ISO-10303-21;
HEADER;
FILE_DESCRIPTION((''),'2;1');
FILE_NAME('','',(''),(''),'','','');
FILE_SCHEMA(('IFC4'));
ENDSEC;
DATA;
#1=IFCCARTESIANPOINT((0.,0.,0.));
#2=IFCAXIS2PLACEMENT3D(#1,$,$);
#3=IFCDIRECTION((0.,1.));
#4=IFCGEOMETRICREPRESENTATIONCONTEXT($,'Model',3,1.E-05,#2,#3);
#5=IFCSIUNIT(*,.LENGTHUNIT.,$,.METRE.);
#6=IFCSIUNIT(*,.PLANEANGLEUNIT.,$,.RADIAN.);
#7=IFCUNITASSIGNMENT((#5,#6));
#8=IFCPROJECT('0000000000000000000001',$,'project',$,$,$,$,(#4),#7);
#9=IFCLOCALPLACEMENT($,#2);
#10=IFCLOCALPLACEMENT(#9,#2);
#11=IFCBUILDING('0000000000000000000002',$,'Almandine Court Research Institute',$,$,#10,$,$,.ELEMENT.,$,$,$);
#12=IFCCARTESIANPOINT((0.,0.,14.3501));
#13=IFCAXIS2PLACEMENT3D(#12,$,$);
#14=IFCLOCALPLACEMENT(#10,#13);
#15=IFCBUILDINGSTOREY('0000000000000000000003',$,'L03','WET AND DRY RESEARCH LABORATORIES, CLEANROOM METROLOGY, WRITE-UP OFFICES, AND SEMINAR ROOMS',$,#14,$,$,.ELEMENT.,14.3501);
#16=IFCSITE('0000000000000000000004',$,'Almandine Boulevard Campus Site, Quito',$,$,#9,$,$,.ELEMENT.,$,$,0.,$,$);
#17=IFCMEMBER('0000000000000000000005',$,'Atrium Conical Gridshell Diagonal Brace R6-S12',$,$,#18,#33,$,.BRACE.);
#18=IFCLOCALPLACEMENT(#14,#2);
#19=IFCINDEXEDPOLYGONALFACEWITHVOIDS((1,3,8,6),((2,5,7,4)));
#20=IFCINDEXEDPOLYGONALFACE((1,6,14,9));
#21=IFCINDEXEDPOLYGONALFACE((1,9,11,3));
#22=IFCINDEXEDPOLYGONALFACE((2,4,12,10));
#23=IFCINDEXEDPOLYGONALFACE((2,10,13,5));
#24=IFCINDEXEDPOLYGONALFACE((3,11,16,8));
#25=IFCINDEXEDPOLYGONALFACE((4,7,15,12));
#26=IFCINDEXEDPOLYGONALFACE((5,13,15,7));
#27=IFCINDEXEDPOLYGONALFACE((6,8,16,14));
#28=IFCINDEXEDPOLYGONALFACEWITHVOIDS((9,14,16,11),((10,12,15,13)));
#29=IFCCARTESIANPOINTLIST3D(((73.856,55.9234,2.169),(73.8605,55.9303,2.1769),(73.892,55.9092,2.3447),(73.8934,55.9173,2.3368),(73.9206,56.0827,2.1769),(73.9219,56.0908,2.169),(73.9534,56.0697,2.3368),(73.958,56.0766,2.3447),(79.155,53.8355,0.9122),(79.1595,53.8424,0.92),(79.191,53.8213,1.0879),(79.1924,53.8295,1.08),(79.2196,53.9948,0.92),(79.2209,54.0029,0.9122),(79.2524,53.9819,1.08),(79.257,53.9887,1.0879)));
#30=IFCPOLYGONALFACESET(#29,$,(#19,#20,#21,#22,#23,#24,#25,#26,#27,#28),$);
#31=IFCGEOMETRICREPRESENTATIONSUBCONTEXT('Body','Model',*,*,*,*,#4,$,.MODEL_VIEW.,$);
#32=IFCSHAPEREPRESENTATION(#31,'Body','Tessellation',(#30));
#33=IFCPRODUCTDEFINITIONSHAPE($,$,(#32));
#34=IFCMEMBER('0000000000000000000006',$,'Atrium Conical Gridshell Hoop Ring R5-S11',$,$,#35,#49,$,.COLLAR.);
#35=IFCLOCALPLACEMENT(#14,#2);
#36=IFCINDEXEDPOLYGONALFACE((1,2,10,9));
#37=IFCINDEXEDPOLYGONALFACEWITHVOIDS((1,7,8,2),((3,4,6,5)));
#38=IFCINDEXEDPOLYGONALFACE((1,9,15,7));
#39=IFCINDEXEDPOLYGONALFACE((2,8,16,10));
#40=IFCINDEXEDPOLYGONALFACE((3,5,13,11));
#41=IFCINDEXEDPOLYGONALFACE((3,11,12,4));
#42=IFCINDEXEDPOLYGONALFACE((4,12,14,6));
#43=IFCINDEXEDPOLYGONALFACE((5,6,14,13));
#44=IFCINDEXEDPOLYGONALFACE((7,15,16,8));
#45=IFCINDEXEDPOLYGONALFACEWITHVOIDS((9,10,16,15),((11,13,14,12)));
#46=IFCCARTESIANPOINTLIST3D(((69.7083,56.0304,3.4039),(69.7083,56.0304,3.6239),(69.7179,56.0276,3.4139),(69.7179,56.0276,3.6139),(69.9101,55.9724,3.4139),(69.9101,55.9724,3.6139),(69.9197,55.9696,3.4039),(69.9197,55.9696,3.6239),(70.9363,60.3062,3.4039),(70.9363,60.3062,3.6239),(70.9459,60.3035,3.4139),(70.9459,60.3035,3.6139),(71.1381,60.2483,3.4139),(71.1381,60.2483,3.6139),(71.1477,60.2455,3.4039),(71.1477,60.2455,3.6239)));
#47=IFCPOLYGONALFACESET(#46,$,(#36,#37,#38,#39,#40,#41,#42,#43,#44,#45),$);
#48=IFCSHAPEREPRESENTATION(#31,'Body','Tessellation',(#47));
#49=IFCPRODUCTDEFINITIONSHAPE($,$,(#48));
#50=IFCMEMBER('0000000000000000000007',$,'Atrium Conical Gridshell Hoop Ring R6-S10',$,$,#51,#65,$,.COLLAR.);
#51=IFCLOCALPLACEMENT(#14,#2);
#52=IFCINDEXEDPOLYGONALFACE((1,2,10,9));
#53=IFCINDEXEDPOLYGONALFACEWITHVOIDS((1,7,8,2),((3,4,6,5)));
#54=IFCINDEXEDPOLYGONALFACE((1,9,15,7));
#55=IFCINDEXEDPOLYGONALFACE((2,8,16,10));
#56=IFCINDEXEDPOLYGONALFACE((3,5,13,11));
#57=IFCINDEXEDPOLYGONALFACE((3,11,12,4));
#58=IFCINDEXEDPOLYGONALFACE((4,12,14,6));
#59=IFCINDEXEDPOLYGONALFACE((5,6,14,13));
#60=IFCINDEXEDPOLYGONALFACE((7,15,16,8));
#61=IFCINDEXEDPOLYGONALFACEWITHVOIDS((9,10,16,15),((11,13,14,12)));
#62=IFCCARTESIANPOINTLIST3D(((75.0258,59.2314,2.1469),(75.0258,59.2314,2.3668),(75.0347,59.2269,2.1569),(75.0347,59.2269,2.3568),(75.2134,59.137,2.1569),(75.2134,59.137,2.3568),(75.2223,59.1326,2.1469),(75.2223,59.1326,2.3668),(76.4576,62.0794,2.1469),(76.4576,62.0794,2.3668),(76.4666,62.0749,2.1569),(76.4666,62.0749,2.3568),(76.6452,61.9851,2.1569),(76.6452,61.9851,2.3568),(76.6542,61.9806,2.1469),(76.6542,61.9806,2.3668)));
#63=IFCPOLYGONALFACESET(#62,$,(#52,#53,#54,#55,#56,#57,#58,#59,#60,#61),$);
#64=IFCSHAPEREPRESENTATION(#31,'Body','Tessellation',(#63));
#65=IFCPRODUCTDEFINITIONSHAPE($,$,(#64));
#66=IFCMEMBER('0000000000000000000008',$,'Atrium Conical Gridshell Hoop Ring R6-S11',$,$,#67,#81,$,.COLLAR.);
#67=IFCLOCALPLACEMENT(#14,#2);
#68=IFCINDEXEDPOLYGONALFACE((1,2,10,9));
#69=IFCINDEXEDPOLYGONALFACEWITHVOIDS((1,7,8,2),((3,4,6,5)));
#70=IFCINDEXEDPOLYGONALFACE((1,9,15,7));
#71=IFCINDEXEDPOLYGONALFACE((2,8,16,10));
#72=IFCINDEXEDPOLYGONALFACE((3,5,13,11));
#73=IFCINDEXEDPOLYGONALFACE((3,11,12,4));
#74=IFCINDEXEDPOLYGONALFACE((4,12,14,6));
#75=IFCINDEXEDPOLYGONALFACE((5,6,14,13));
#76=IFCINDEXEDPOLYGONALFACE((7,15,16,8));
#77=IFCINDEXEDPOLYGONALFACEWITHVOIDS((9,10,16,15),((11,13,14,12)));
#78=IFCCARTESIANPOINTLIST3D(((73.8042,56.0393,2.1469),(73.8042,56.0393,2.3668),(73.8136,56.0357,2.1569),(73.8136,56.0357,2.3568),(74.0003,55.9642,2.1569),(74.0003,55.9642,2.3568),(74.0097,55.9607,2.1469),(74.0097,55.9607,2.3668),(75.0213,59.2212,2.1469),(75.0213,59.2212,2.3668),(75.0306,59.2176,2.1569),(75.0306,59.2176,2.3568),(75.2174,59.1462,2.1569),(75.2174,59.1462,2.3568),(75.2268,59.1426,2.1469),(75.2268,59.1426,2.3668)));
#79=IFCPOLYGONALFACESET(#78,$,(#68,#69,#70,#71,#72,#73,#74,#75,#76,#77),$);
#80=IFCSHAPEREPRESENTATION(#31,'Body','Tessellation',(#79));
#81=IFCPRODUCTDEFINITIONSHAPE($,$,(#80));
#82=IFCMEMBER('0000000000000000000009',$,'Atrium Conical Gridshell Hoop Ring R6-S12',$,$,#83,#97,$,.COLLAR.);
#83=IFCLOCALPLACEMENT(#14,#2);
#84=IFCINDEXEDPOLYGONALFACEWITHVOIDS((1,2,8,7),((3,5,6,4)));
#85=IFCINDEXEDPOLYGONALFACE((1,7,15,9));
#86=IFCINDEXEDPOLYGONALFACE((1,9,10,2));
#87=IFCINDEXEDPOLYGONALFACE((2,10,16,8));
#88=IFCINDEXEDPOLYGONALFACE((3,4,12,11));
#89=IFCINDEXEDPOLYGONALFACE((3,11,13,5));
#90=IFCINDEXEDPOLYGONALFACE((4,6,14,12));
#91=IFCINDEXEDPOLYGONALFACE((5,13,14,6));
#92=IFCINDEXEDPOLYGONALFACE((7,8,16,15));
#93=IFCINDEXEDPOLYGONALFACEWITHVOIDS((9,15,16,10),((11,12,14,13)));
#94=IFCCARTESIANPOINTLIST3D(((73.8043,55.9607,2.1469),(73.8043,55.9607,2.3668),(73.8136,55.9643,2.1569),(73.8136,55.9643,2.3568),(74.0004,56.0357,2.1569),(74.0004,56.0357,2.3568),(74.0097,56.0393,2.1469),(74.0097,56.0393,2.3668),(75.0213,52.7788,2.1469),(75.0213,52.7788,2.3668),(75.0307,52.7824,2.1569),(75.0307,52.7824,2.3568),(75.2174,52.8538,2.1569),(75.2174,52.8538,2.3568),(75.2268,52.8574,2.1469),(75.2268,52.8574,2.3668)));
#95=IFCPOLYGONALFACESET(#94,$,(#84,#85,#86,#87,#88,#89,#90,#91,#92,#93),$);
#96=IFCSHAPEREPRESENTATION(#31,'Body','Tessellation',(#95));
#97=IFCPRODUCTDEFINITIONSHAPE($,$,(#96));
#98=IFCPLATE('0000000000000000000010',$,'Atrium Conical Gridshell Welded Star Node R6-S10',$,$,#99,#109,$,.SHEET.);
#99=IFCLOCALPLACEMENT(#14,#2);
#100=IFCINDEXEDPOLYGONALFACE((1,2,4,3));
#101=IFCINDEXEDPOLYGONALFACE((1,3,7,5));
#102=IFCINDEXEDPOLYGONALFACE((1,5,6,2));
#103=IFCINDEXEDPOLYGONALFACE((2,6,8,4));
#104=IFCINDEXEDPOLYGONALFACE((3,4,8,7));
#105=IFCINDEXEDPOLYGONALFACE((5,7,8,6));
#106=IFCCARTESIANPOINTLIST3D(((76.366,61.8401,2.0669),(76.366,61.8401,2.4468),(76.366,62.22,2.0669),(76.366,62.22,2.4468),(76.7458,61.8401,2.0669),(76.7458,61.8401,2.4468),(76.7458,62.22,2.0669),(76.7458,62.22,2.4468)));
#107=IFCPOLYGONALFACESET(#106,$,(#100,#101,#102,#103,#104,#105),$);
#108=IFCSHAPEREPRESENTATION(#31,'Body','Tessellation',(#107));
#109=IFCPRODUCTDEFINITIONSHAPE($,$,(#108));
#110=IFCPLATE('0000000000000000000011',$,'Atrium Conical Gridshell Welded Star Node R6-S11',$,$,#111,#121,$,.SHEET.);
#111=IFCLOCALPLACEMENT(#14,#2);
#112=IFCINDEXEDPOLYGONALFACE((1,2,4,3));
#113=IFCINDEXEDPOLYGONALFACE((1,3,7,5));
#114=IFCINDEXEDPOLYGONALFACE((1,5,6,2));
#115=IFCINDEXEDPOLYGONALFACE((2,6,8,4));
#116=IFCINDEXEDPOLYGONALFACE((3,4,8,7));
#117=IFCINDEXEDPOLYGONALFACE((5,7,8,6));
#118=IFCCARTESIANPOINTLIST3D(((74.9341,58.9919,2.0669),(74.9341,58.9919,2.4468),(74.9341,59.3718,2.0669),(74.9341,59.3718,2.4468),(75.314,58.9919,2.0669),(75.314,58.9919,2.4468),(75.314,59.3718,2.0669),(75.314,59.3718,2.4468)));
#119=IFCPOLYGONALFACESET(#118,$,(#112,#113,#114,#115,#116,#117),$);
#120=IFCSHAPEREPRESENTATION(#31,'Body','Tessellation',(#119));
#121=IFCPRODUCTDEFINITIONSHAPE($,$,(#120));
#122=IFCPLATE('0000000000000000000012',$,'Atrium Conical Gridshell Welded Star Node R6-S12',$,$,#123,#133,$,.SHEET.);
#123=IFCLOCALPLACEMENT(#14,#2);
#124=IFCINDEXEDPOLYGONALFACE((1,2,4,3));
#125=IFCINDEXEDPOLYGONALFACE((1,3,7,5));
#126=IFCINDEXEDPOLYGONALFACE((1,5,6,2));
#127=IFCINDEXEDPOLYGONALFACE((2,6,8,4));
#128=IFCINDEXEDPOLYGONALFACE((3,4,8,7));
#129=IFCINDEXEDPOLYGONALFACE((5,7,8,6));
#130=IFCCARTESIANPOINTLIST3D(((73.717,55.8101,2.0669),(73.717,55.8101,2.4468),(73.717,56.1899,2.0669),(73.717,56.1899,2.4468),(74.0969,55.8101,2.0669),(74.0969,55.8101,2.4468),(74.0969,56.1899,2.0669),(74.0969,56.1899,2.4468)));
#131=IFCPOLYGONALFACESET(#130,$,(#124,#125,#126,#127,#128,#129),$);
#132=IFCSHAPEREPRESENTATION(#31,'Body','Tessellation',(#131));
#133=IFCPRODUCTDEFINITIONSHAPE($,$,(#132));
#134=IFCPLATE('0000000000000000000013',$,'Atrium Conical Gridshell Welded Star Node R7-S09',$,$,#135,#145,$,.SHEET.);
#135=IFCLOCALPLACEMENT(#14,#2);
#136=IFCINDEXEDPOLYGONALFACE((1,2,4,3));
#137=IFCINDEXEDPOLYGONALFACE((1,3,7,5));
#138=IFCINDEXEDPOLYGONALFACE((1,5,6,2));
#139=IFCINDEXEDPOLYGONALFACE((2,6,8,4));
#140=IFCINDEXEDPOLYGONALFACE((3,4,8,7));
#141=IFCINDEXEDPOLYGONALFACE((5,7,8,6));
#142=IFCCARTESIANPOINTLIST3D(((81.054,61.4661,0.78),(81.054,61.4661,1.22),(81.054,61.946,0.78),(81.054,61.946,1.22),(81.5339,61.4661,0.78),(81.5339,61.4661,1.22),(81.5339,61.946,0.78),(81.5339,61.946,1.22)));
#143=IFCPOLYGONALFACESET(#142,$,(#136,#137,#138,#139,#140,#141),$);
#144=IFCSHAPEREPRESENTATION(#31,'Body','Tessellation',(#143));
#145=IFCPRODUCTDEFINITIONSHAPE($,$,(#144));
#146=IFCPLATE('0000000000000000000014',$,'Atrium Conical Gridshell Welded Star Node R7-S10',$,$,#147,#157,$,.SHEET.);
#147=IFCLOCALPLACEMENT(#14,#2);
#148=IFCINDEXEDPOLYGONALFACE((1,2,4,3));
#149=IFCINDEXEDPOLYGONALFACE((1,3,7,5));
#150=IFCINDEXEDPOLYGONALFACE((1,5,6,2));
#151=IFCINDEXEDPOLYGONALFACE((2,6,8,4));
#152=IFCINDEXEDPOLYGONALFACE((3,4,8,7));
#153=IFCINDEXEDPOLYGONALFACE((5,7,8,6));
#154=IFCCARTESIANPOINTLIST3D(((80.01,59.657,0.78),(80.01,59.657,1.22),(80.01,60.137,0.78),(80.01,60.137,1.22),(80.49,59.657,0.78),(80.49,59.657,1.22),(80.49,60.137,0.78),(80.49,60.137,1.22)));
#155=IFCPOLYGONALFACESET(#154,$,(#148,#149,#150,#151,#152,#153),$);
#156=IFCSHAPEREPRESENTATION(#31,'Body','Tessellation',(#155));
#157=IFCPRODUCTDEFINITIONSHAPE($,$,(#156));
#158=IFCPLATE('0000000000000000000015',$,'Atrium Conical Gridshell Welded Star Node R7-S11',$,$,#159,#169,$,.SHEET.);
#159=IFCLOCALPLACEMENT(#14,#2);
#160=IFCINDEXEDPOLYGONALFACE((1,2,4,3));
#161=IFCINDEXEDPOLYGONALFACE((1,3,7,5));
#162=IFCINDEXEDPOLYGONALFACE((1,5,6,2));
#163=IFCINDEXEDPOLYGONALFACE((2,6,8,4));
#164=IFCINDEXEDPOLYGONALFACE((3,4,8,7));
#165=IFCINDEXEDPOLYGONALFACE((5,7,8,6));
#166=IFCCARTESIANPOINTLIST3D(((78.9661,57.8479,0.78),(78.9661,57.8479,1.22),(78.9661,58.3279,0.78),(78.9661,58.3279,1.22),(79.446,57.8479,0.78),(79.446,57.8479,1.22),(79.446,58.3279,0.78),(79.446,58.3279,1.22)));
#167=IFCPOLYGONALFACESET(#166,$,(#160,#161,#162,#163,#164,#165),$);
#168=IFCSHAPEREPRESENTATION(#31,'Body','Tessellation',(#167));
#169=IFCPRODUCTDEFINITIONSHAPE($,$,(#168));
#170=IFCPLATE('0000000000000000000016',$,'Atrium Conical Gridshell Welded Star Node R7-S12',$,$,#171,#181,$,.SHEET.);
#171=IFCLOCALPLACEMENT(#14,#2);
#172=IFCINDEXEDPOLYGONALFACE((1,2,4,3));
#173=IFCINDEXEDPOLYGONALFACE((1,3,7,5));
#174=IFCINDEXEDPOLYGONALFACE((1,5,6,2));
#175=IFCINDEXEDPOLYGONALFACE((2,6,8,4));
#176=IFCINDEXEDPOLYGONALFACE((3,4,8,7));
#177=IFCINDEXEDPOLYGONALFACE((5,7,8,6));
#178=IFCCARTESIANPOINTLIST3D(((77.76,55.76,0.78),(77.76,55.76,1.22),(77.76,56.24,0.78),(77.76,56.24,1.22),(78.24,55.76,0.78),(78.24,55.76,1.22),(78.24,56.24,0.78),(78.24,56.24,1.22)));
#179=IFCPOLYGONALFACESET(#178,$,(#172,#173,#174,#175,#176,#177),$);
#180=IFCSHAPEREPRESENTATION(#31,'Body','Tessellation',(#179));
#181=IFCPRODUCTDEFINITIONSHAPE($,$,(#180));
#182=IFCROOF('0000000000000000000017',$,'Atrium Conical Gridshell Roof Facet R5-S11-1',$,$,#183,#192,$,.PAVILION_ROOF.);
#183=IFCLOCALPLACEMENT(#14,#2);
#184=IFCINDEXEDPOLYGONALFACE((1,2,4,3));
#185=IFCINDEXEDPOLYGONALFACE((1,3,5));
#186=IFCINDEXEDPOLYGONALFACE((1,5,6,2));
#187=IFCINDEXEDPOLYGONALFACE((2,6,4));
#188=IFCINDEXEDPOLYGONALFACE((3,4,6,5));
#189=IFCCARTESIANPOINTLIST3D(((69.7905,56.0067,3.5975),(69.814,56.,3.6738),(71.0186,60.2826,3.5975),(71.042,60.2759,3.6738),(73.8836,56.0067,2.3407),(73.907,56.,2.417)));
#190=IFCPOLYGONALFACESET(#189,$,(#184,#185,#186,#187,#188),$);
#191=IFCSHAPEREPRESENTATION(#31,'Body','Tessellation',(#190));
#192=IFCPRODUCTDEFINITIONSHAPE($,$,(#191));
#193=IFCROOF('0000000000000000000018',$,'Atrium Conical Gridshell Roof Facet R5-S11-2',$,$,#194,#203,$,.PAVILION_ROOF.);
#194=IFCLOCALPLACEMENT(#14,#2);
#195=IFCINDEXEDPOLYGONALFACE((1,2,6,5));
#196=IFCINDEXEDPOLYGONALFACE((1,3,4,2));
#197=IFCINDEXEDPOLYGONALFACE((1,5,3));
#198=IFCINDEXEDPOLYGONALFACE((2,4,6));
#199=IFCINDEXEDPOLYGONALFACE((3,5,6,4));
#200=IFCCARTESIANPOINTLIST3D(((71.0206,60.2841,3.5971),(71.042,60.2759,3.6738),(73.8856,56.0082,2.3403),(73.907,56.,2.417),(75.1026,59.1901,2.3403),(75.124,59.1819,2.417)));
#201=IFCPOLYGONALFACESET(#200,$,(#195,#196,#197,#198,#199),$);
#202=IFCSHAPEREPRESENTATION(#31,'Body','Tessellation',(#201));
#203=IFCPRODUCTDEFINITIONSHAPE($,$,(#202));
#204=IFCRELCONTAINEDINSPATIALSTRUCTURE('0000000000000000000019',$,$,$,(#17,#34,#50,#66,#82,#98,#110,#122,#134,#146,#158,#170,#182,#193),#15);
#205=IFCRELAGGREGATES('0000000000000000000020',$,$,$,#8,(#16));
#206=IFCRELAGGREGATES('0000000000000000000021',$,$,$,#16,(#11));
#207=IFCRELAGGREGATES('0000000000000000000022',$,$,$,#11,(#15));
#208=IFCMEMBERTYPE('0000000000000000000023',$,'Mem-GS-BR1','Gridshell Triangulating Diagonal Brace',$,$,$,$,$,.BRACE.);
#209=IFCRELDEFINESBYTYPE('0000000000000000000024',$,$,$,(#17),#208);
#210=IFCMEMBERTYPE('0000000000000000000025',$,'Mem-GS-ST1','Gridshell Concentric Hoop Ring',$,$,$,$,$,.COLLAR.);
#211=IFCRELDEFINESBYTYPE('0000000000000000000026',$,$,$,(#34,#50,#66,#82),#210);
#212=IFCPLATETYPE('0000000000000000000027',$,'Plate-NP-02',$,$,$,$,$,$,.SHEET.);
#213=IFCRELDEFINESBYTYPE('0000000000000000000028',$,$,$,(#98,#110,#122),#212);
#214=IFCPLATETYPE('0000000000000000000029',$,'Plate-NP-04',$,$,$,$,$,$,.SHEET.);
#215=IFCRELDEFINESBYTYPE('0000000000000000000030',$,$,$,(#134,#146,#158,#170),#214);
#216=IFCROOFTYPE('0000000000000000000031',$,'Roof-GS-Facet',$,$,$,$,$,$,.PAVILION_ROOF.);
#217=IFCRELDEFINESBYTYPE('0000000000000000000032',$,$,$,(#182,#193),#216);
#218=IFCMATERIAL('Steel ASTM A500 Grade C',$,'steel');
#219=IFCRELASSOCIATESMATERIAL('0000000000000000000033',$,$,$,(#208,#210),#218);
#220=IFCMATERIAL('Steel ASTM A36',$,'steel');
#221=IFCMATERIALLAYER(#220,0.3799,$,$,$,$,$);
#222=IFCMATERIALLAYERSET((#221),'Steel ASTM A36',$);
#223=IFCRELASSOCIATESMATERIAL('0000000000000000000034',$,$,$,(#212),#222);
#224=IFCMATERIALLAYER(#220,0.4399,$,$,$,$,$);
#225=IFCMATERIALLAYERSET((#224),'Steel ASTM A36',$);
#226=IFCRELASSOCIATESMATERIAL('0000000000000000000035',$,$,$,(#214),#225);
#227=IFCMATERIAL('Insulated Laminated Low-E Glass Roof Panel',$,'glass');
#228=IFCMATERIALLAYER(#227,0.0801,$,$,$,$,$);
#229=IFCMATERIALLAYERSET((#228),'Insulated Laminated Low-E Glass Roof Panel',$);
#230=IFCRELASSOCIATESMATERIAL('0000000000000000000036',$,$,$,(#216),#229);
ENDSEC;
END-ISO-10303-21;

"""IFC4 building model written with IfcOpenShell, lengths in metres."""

from ifc_helpers import new_model, si_unit, direction, frame, origin, origin_2d, place, context, subcontext, project, spatial, polyline, rectangle, hollow_rectangle, outline, extrude, material, layer, layer_set, material_profile, profile_set, type_object, element, save


model = new_model("IFC4")

# Units and contexts
model_context = context("Model", 3, precision=1e-05, world=origin(), true_north=direction((0.0, 1.0)))
body_context = subcontext(model_context, "Body", "Model", "MODEL_VIEW")
ifc_project = project(units=[si_unit("LENGTHUNIT", "METRE"), si_unit("PLANEANGLEUNIT", "RADIAN")], contexts=[model_context])

# Site, building, storey
site_placement = place(None, origin())
site = spatial("IfcSite", under=ifc_project, at=site_placement, Name="Almandine Boulevard Campus Site, Quito", CompositionType="ELEMENT", RefElevation=0.0)
building_placement = place(site_placement, origin())
building = spatial("IfcBuilding", under=site, at=building_placement, Name="Almandine Court Research Institute", CompositionType="ELEMENT")
storey_placement = place(building_placement, frame((0.0, 0.0, 14.3501)))
storey = spatial("IfcBuildingStorey", under=building, at=storey_placement, Name="L03", Description="WET AND DRY RESEARCH LABORATORIES, CLEANROOM METROLOGY, WRITE-UP OFFICES, AND SEMINAR ROOMS", CompositionType="ELEMENT", Elevation=14.3501)

# Shared definitions
ifc_material_1 = material(Name="Steel ASTM A500 Grade C", Category="steel")

# Members
ifc_material_profile_1 = material_profile(ifc_material_1, hollow_rectangle(XDim=0.1799, YDim=0.1799, WallThickness=0.0081, at=origin_2d()), Name="HSS 180x180x8")
ifc_profile_set_1 = profile_set([ifc_material_profile_1], Name="Steel ASTM A500 Grade C")
member_type_1 = type_object("IfcMemberType", Name="Mem-GS-BR1", Description="Gridshell Triangulating Diagonal Brace", PredefinedType="BRACE", material=ifc_profile_set_1)
member_1_placement = place(storey_placement, frame((73.907, 56.0, 2.2568), z_axis=(0.908528, -0.35797, -0.215485), x_axis=(0.366582, 0.930386, 0.0)))
element("IfcMember", 1, at=member_1_placement, inside=storey, type_object=member_type_1, Name="Atrium Conical Gridshell Diagonal Brace R6-S12", PredefinedType="BRACE", context=body_context, shape_type="SweptSolid", body=[
    extrude(hollow_rectangle(XDim=0.1799, YDim=0.1799, WallThickness=0.0081, at=origin_2d()), origin(), (0.0, 0.0, 1.0), 5.8325),
])
ifc_material_profile_2 = material_profile(ifc_material_1, hollow_rectangle(XDim=0.22, YDim=0.22, WallThickness=0.01, at=origin_2d()), Name="HSS 220x220x10")
ifc_profile_set_2 = profile_set([ifc_material_profile_2], Name="Steel ASTM A500 Grade C")
member_type_2 = type_object("IfcMemberType", Name="Mem-GS-ST1", Description="Gridshell Concentric Hoop Ring", PredefinedType="COLLAR", material=ifc_profile_set_2)
member_2_placement = place(storey_placement, frame((71.042, 60.2759, 3.5139), z_axis=(-0.27604, -0.961146, 0.0), x_axis=(0.961146, -0.27604, 0.0)))
element("IfcMember", 2, at=member_2_placement, inside=storey, type_object=member_type_2, Name="Atrium Conical Gridshell Hoop Ring R5-S11", PredefinedType="COLLAR", context=body_context, shape_type="SweptSolid", body=[
    extrude(hollow_rectangle(XDim=0.22, YDim=0.22, WallThickness=0.01, at=origin_2d()), origin(), (0.0, 0.0, 1.0), 4.4487),
])
member_3_placement = place(storey_placement, frame((76.5559, 62.03, 2.2568), z_axis=(-0.449173, -0.893445, 0.0), x_axis=(0.893445, -0.449173, 0.0)))
element("IfcMember", 3, at=member_3_placement, inside=storey, type_object=member_type_2, Name="Atrium Conical Gridshell Hoop Ring R6-S10", PredefinedType="COLLAR", context=body_context, shape_type="SweptSolid", body=[
    extrude(hollow_rectangle(XDim=0.22, YDim=0.22, WallThickness=0.01, at=origin_2d()), origin(), (0.0, 0.0, 1.0), 3.1877),
])
for number, where, z_axis, x_axis, name in (
    (4, (75.124, 59.1819, 2.2568), (-0.35725, -0.934009, 0.0), (0.934009, -0.35725, 0.0), "Atrium Conical Gridshell Hoop Ring R6-S11"),
    (5, (73.907, 56.0, 2.2568), (0.35725, -0.934009, 0.0), (0.934009, 0.35725, 0.0), "Atrium Conical Gridshell Hoop Ring R6-S12"),
):
    element("IfcMember", number, at=place(storey_placement, frame(where, z_axis=z_axis, x_axis=x_axis)), inside=storey, type_object=member_type_2, Name=name, PredefinedType="COLLAR", context=body_context, shape_type="SweptSolid", body=[
        extrude(hollow_rectangle(XDim=0.22, YDim=0.22, WallThickness=0.01, at=origin_2d()), origin(), (0.0, 0.0, 1.0), 3.4067),
    ])

# Plates
ifc_material_2 = material(Name="Steel ASTM A36", Category="steel")
ifc_layer_1 = layer(ifc_material_2, 0.3799)
ifc_layer_set_1 = layer_set([ifc_layer_1], Name="Steel ASTM A36")
plate_type_1 = type_object("IfcPlateType", Name="Plate-NP-02", PredefinedType="SHEET", material=ifc_layer_set_1)
for number, where, z_axis, x_axis, name in (
    (6, (76.5559, 62.03, 2.0669), (0.0, 0.0, 1.0), (1.0, 0.0, 0.0), "Atrium Conical Gridshell Welded Star Node R6-S10"),
    (7, (75.124, 59.1819, 2.0669), (0.0, 0.0, 1.0), (1.0, 0.0, 0.0), "Atrium Conical Gridshell Welded Star Node R6-S11"),
    (8, (73.907, 56.0, 2.0669), (0.0, 0.0, 1.0), (1.0, 0.0, 0.0), "Atrium Conical Gridshell Welded Star Node R6-S12"),
):
    element("IfcPlate", number, at=place(storey_placement, frame(where, z_axis=z_axis, x_axis=x_axis)), inside=storey, type_object=plate_type_1, Name=name, PredefinedType="SHEET", context=body_context, shape_type="SweptSolid", body=[
        extrude(rectangle(XDim=0.3799, YDim=0.3799, at=origin_2d()), origin(), (0.0, 0.0, 1.0), 0.3799),
    ])
ifc_layer_2 = layer(ifc_material_2, 0.4399)
ifc_layer_set_2 = layer_set([ifc_layer_2], Name="Steel ASTM A36")
plate_type_2 = type_object("IfcPlateType", Name="Plate-NP-04", PredefinedType="SHEET", material=ifc_layer_set_2)
for number, where, z_axis, x_axis, name in (
    (9, (81.2939, 61.7061, 0.78), (0.0, 0.0, 1.0), (1.0, 0.0, 0.0), "Atrium Conical Gridshell Welded Star Node R7-S09"),
    (10, (80.25, 59.897, 0.78), (0.0, 0.0, 1.0), (1.0, 0.0, 0.0), "Atrium Conical Gridshell Welded Star Node R7-S10"),
    (11, (79.2061, 58.0879, 0.78), (0.0, 0.0, 1.0), (1.0, 0.0, 0.0), "Atrium Conical Gridshell Welded Star Node R7-S11"),
    (12, (78.0, 56.0, 0.78), (0.0, 0.0, 1.0), (1.0, 0.0, 0.0), "Atrium Conical Gridshell Welded Star Node R7-S12"),
):
    element("IfcPlate", number, at=place(storey_placement, frame(where, z_axis=z_axis, x_axis=x_axis)), inside=storey, type_object=plate_type_2, Name=name, PredefinedType="SHEET", context=body_context, shape_type="SweptSolid", body=[
        extrude(rectangle(XDim=0.48, YDim=0.48, at=origin_2d()), origin(), (0.0, 0.0, 1.0), 0.4399),
    ])

# Roofs
ifc_material_3 = material(Name="Insulated Laminated Low-E Glass Roof Panel", Category="glass")
ifc_layer_3 = layer(ifc_material_3, 0.0801)
ifc_layer_set_3 = layer_set([ifc_layer_3], Name="Insulated Laminated Low-E Glass Roof Panel")
roof_type = type_object("IfcRoofType", Name="Roof-GS-Facet", PredefinedType="PAVILION_ROOF", material=ifc_layer_set_3)
roof_1_placement = place(storey_placement, frame((71.042, 60.2759, 3.6738), z_axis=(0.292503, -0.084007, 0.952567), x_axis=(-0.27604, -0.961146, 0.0)))
element("IfcRoof", 13, at=roof_1_placement, inside=storey, type_object=roof_type, Name="Atrium Conical Gridshell Roof Facet R5-S11-1", PredefinedType="PAVILION_ROOF", context=body_context, shape_type="SweptSolid", body=[
    extrude(outline(polyline([(0.0, 0.0), (4.4487, 0.0), (3.3189, 4.1299), (0.0, 0.0)])), origin(), (0.0, 0.0, -1.0), 0.0801),
])
roof_2_placement = place(storey_placement, frame((71.042, 60.2759, 3.6738), z_axis=(0.267563, -0.10234, 0.95809), x_axis=(0.540748, -0.807043, -0.237219)))
element("IfcRoof", 14, at=roof_2_placement, inside=storey, type_object=roof_type, Name="Atrium Conical Gridshell Roof Facet R5-S11-2", PredefinedType="PAVILION_ROOF", context=body_context, shape_type="SweptSolid", body=[
    extrude(outline(polyline([(0.0, 0.0), (5.2982, 0.0), (3.3884, 2.821), (0.0, 0.0)])), origin(), (0.0, 0.0, -1.0), 0.0801),
])

save(model, "model.ifc")
